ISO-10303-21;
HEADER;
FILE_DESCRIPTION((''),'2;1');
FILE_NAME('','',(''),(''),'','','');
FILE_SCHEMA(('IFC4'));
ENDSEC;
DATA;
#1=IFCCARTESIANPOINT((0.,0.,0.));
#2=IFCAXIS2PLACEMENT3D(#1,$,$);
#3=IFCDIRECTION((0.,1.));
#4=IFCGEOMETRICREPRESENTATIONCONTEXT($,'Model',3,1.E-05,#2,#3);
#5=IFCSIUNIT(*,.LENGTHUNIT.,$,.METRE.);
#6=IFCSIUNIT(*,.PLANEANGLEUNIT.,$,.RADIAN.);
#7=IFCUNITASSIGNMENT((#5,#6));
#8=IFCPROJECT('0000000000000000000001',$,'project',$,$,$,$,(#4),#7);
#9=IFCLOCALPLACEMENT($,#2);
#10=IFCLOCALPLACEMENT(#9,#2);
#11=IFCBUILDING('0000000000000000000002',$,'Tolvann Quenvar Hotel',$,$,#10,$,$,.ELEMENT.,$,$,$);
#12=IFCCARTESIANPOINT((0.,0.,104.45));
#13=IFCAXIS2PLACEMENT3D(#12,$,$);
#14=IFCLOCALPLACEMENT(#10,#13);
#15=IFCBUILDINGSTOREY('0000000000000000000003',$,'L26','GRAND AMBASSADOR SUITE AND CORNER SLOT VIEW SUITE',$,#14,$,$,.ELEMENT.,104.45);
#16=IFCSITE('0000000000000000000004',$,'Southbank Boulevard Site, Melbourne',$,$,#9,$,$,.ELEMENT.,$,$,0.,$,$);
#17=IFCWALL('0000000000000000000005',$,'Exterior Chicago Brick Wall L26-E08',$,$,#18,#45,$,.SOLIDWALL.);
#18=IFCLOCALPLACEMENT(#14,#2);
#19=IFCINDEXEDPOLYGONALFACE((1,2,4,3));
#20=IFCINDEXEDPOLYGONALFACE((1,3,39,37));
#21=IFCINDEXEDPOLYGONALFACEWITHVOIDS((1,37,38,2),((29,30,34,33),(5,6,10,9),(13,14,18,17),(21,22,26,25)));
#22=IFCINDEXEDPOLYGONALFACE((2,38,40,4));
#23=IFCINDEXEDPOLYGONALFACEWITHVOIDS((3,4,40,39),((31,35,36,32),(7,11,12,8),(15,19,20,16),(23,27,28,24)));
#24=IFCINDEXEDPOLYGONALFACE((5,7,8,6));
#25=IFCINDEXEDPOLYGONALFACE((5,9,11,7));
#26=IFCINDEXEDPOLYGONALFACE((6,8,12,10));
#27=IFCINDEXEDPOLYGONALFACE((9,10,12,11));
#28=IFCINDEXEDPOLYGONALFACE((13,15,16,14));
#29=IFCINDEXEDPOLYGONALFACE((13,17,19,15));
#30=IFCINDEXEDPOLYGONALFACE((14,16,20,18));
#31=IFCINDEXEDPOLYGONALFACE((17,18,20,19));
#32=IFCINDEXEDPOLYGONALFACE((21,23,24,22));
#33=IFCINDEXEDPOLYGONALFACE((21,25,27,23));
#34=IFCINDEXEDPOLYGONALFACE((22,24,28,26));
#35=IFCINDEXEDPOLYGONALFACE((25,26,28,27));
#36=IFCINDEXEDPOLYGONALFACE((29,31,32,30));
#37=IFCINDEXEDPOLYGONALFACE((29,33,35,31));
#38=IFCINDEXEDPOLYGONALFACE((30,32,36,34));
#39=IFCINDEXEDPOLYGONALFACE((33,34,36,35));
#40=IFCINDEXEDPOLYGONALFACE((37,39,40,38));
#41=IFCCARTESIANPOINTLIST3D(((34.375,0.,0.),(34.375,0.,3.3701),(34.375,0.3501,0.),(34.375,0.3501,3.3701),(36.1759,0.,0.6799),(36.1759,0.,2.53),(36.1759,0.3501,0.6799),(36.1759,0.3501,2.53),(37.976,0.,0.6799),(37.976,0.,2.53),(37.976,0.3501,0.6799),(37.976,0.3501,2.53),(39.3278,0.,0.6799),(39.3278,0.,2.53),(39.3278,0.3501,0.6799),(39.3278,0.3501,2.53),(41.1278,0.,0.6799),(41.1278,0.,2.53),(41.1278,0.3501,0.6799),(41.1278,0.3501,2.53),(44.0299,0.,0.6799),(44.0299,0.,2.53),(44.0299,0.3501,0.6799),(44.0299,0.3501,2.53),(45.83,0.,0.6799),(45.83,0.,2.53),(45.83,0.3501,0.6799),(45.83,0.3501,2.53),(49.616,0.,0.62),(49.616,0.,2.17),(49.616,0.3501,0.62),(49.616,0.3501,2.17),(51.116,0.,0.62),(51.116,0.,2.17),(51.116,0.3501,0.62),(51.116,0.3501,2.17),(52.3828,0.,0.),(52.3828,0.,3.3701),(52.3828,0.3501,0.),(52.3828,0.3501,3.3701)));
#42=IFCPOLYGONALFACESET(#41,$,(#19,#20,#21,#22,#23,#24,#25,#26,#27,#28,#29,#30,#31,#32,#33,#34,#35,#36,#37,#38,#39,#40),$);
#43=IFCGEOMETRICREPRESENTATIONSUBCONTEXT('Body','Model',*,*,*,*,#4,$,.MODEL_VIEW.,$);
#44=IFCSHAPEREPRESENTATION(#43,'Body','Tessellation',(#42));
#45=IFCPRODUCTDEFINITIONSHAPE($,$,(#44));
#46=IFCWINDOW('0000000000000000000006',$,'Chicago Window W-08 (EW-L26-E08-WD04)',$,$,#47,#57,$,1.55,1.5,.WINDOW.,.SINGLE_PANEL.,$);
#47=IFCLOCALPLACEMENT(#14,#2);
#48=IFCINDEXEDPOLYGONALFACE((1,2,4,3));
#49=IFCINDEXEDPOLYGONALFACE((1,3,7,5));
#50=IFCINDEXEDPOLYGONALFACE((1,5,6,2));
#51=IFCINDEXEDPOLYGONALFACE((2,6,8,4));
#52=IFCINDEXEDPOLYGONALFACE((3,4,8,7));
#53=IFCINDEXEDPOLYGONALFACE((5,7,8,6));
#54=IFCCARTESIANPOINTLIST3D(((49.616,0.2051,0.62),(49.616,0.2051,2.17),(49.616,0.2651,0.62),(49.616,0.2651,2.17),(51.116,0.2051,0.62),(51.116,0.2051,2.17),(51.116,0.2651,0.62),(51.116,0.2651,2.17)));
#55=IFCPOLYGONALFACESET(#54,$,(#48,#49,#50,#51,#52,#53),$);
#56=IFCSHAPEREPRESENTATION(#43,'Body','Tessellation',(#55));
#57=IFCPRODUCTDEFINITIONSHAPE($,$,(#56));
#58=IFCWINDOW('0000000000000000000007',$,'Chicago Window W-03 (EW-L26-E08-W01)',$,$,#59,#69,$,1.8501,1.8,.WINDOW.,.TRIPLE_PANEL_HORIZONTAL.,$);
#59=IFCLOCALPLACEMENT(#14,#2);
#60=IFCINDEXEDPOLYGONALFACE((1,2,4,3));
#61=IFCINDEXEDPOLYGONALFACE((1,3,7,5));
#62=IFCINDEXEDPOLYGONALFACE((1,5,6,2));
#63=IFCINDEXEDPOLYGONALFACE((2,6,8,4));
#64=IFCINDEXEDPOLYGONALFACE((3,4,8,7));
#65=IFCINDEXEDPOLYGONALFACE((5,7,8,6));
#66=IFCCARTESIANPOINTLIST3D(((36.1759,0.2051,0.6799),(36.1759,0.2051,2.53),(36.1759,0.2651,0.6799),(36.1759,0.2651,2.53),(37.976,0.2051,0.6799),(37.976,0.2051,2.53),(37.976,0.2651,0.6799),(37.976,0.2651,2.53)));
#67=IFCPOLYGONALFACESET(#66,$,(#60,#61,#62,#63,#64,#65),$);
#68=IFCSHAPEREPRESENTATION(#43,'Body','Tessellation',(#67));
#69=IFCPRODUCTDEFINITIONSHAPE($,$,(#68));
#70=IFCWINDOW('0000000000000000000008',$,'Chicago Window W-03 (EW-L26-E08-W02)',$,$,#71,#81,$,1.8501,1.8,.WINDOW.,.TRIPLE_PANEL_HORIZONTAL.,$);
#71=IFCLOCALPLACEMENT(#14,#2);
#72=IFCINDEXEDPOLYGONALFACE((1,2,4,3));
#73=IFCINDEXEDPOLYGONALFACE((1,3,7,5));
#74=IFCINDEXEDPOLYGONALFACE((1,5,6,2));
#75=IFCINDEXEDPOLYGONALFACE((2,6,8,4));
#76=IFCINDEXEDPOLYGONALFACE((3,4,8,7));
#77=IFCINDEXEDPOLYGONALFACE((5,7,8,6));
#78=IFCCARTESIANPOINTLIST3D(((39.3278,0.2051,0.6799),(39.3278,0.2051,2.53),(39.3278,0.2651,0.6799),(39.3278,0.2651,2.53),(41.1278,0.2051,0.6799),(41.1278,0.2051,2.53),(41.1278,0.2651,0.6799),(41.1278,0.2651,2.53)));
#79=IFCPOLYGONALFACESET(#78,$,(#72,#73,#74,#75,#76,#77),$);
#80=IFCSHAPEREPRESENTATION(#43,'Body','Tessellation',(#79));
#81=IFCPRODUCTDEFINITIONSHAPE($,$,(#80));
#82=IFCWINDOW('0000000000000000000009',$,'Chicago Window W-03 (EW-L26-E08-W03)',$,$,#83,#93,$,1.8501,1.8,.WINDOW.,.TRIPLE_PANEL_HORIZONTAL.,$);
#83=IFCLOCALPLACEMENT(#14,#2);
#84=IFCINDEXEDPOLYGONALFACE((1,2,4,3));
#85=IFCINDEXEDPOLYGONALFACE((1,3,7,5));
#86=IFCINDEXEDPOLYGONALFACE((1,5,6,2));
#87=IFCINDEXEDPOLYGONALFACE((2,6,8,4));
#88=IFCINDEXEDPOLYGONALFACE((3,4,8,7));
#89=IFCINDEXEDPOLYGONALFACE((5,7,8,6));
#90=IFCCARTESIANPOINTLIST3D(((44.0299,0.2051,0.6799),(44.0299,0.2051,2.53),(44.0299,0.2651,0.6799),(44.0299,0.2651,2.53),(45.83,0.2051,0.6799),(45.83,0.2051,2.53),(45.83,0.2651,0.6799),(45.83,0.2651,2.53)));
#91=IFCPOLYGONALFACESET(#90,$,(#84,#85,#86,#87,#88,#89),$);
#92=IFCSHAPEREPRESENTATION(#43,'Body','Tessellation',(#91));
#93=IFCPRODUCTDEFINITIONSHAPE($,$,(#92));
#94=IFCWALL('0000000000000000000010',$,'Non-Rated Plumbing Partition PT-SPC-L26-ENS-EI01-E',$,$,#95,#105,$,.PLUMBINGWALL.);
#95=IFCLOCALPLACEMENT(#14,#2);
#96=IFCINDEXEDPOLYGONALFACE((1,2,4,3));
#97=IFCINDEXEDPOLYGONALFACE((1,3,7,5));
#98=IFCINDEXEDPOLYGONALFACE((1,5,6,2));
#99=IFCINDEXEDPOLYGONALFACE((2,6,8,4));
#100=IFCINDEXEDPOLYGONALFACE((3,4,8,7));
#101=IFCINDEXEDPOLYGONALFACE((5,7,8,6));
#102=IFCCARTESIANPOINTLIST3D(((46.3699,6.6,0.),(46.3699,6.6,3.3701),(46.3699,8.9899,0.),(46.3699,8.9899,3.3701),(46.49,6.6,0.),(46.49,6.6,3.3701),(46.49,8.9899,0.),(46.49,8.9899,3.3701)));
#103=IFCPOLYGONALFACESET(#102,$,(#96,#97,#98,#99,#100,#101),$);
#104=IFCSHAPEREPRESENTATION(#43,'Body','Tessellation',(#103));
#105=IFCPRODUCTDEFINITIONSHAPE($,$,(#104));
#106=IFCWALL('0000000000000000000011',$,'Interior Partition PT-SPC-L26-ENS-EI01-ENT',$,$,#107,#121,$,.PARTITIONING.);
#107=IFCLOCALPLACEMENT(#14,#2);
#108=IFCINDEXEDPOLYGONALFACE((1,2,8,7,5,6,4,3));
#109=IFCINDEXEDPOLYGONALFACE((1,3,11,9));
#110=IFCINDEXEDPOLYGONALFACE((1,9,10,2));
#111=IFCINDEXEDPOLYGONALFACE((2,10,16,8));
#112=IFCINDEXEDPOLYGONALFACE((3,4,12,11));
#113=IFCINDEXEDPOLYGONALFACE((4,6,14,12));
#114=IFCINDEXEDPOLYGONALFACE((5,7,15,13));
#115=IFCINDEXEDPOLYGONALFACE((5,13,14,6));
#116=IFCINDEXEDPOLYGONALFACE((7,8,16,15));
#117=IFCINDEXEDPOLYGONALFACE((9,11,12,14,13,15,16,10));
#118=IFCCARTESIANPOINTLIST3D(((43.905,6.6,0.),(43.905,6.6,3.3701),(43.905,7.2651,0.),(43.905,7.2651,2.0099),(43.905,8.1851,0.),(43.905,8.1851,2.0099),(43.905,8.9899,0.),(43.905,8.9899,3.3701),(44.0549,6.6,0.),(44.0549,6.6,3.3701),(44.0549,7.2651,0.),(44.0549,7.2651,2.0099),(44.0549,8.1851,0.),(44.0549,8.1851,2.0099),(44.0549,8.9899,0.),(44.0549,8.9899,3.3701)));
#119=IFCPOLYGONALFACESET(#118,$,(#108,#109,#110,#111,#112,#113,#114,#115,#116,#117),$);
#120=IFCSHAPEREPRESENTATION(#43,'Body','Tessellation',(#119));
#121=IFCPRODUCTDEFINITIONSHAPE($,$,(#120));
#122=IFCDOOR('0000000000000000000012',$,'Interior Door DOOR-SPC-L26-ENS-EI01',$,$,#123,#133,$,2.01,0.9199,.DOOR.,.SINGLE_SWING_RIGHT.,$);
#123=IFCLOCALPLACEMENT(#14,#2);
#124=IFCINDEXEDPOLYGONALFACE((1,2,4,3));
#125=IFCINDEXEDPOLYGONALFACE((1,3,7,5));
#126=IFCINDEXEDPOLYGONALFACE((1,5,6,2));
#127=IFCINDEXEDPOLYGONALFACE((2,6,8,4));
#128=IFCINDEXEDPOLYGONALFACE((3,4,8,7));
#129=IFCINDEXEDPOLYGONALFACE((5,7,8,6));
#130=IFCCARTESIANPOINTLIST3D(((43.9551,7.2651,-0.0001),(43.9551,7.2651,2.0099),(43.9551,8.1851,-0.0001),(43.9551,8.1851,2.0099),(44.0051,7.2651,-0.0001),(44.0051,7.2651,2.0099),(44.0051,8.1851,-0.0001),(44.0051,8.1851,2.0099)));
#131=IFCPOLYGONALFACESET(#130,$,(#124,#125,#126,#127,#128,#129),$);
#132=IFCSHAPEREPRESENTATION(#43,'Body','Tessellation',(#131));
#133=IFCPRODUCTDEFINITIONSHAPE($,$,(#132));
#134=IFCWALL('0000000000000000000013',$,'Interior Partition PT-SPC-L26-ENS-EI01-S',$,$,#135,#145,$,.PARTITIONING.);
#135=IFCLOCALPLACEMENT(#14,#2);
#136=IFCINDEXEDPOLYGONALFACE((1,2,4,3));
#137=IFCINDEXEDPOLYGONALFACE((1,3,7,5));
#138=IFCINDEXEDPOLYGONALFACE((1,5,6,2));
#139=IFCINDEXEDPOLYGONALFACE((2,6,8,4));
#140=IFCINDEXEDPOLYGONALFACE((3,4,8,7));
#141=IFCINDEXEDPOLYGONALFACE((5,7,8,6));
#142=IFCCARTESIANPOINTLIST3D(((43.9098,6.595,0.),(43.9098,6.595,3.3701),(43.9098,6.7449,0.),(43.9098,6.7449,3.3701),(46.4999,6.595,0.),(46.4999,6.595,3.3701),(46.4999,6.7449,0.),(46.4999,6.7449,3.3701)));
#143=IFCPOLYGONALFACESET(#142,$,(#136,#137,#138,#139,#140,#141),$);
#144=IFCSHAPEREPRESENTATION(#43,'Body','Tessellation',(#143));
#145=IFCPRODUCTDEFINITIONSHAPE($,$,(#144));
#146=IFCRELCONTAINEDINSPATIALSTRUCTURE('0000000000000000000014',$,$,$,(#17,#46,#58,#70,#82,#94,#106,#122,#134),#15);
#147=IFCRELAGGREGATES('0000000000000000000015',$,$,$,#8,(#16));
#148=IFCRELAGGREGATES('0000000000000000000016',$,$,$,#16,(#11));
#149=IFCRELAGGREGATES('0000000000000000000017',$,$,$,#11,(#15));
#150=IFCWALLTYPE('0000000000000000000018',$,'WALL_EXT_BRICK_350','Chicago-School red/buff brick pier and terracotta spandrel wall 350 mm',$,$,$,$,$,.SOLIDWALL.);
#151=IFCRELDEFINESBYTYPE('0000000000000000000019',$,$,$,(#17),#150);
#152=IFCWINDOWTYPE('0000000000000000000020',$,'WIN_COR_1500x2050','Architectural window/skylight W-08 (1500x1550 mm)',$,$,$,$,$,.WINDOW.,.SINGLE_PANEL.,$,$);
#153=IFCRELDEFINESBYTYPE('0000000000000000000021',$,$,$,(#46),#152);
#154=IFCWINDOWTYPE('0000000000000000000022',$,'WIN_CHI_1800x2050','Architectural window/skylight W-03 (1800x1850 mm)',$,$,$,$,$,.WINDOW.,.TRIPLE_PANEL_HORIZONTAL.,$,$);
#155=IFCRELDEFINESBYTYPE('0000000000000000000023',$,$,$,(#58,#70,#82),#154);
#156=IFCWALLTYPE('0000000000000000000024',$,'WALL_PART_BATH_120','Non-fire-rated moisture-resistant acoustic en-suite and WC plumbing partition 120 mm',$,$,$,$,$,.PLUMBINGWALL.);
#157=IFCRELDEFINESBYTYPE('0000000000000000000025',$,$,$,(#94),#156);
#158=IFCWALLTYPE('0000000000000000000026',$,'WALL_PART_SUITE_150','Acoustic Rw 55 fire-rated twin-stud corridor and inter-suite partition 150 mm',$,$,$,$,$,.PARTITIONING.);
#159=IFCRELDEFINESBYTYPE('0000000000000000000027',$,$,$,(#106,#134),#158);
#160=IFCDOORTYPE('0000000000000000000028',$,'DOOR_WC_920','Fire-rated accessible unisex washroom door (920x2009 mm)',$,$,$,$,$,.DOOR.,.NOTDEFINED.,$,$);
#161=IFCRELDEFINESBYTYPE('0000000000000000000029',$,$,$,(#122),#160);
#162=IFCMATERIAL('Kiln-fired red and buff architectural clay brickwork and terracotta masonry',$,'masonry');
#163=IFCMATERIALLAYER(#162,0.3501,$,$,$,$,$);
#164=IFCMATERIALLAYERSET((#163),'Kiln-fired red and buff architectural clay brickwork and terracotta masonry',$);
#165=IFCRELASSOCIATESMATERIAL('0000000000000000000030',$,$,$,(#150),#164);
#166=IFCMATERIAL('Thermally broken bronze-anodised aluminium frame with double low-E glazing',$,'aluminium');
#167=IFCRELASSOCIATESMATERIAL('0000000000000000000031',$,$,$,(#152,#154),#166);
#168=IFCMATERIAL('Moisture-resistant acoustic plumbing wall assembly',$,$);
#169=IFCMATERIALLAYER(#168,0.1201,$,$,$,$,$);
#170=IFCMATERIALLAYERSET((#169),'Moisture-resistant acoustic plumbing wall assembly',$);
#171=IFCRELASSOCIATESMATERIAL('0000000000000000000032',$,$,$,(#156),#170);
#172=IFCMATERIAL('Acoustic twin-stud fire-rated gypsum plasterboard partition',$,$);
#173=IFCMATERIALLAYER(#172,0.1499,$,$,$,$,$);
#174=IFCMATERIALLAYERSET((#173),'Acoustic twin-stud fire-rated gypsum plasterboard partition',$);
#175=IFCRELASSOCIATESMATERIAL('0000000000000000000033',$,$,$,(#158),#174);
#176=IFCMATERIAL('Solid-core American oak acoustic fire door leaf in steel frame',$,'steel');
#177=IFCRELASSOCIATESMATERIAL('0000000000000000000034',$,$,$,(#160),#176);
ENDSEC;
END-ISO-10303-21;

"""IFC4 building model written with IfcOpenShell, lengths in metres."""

from ifc_helpers import new_model, si_unit, direction, frame, frame_2d, origin, place, context, subcontext, project, spatial, rectangle, extrude, source, transform, mapped, material, layer, layer_set, type_object, type_shapes, element, fill, save


model = new_model("IFC4")

# Units and contexts
model_context = context("Model", 3, precision=1e-05, world=origin(), true_north=direction((0.0, 1.0)))
body_context = subcontext(model_context, "Body", "Model", "MODEL_VIEW")
ifc_project = project(units=[si_unit("LENGTHUNIT", "METRE"), si_unit("PLANEANGLEUNIT", "RADIAN")], contexts=[model_context])

# Site, building, storey
site_placement = place(None, origin())
site = spatial("IfcSite", under=ifc_project, at=site_placement, Name="Southbank Boulevard Site, Melbourne", CompositionType="ELEMENT", RefElevation=0.0)
building_placement = place(site_placement, origin())
building = spatial("IfcBuilding", under=site, at=building_placement, Name="Tolvann Quenvar Hotel", CompositionType="ELEMENT")
storey_placement = place(building_placement, frame((0.0, 0.0, 104.45)))
storey = spatial("IfcBuildingStorey", under=building, at=storey_placement, Name="L26", Description="GRAND AMBASSADOR SUITE AND CORNER SLOT VIEW SUITE", CompositionType="ELEMENT", Elevation=104.45)

# Wall, openings, windows
ifc_material_1 = material(Name="Kiln-fired red and buff architectural clay brickwork and terracotta masonry", Category="masonry")
ifc_layer_1 = layer(ifc_material_1, 0.3501)
ifc_layer_set_1 = layer_set([ifc_layer_1], Name="Kiln-fired red and buff architectural clay brickwork and terracotta masonry")
wall_type_1 = type_object("IfcWallType", Name="WALL_EXT_BRICK_350", Description="Chicago-School red/buff brick pier and terracotta spandrel wall 350 mm", PredefinedType="SOLIDWALL", material=ifc_layer_set_1)
wall_1_placement = place(storey_placement, frame((34.375, 0.175, 0.0), z_axis=(0.0, 0.0, 1.0), x_axis=(1.0, 0.0, 0.0)))
wall_1 = element("IfcWall", 1, at=wall_1_placement, inside=storey, type_object=wall_type_1, Name="Exterior Chicago Brick Wall L26-E08", PredefinedType="SOLIDWALL", context=body_context, shape_type="SweptSolid", body=[
    extrude(rectangle(XDim=18.0078, YDim=0.3501, at=frame_2d((9.0039, 0.0))), origin(), (0.0, 0.0, 1.0), 3.3701),
])
opening_1_placement = place(wall_1_placement, frame((1.801, 0.0, 0.6799)))
opening_1 = element("IfcOpeningElement", 2, at=opening_1_placement, cuts=wall_1, PredefinedType="OPENING", context=body_context, shape_type="SweptSolid", body=[
    extrude(rectangle(XDim=1.8, YDim=1.8501, at=frame_2d((0.8999, 0.925))), frame((0.0, 0.1851, 0.0), z_axis=(0.0, -1.0, 0.0), x_axis=(1.0, 0.0, 0.0)), (0.0, 0.0, 1.0), 0.3701),
])
opening_2_placement = place(wall_1_placement, frame((4.9529, 0.0, 0.6799)))
opening_2 = element("IfcOpeningElement", 3, at=opening_2_placement, cuts=wall_1, PredefinedType="OPENING", context=body_context, shape_type="SweptSolid", body=[
    extrude(rectangle(XDim=1.8, YDim=1.8501, at=frame_2d((0.8999, 0.925))), frame((0.0, 0.1851, 0.0), z_axis=(0.0, -1.0, 0.0), x_axis=(1.0, 0.0, 0.0)), (0.0, 0.0, 1.0), 0.3701),
])
opening_3_placement = place(wall_1_placement, frame((9.655, 0.0, 0.6799)))
opening_3 = element("IfcOpeningElement", 4, at=opening_3_placement, cuts=wall_1, PredefinedType="OPENING", context=body_context, shape_type="SweptSolid", body=[
    extrude(rectangle(XDim=1.8, YDim=1.8501, at=frame_2d((0.8999, 0.925))), frame((0.0, 0.1851, 0.0), z_axis=(0.0, -1.0, 0.0), x_axis=(1.0, 0.0, 0.0)), (0.0, 0.0, 1.0), 0.3701),
])
opening_4_placement = place(wall_1_placement, frame((15.241, 0.0, 0.6201)))
opening_4 = element("IfcOpeningElement", 5, at=opening_4_placement, cuts=wall_1, PredefinedType="OPENING", context=body_context, shape_type="SweptSolid", body=[
    extrude(rectangle(XDim=1.5, YDim=1.55, at=frame_2d((0.75, 0.7749))), frame((0.0, 0.1851, 0.0), z_axis=(0.0, -1.0, 0.0), x_axis=(1.0, 0.0, 0.0)), (0.0, 0.0, 1.0), 0.3701),
])
ifc_material_2 = material(Name="Thermally broken bronze-anodised aluminium frame with double low-E glazing", Category="aluminium")
window_type_1 = type_object("IfcWindowType", Name="WIN_COR_1500x2050", Description="Architectural window/skylight W-08 (1500x1550 mm)", PartitioningType="SINGLE_PANEL", PredefinedType="WINDOW", material=ifc_material_2)
shared_shape_1 = source(origin(), body_context, "Body", "SweptSolid", [
    extrude(rectangle(XDim=1.5, YDim=1.55, at=frame_2d((0.75, 0.7749))), frame((0.0, 0.0901, 0.0), z_axis=(0.0, -1.0, 0.0), x_axis=(1.0, 0.0, 0.0)), (0.0, 0.0, 1.0), 0.0601),
])
type_shapes(window_type_1, [shared_shape_1])
window_1_placement = place(opening_4_placement, origin())
window_1 = element("IfcWindow", 6, at=window_1_placement, inside=storey, type_object=window_type_1, Name="Chicago Window W-08 (EW-L26-E08-WD04)", OverallHeight=1.55, OverallWidth=1.5, PartitioningType="SINGLE_PANEL", PredefinedType="WINDOW", context=body_context, shape_type="MappedRepresentation", body=[
    mapped(shared_shape_1, transform((0.0, 0.0, 0.0), x_axis=(1.0, 0.0, 0.0), y_axis=(0.0, 1.0, 0.0), z_axis=(0.0, 0.0, 1.0), scale=1.0)),
])
fill(opening_4, window_1)
window_type_2 = type_object("IfcWindowType", Name="WIN_CHI_1800x2050", Description="Architectural window/skylight W-03 (1800x1850 mm)", PartitioningType="TRIPLE_PANEL_HORIZONTAL", PredefinedType="WINDOW", material=ifc_material_2)
shared_shape_2 = source(origin(), body_context, "Body", "SweptSolid", [
    extrude(rectangle(XDim=1.8, YDim=1.8501, at=frame_2d((0.8999, 0.925))), frame((0.0, 0.0901, 0.0), z_axis=(0.0, -1.0, 0.0), x_axis=(1.0, 0.0, 0.0)), (0.0, 0.0, 1.0), 0.0601),
])
type_shapes(window_type_2, [shared_shape_2])
window_2_placement = place(opening_1_placement, origin())
window_2 = element("IfcWindow", 7, at=window_2_placement, inside=storey, type_object=window_type_2, Name="Chicago Window W-03 (EW-L26-E08-W01)", OverallHeight=1.8501, OverallWidth=1.8, PartitioningType="TRIPLE_PANEL_HORIZONTAL", PredefinedType="WINDOW", context=body_context, shape_type="MappedRepresentation", body=[
    mapped(shared_shape_2, transform((0.0, 0.0, 0.0), x_axis=(1.0, 0.0, 0.0), y_axis=(0.0, 1.0, 0.0), z_axis=(0.0, 0.0, 1.0), scale=1.0)),
])
fill(opening_1, window_2)
window_3_placement = place(opening_2_placement, origin())
window_3 = element("IfcWindow", 8, at=window_3_placement, inside=storey, type_object=window_type_2, Name="Chicago Window W-03 (EW-L26-E08-W02)", OverallHeight=1.8501, OverallWidth=1.8, PartitioningType="TRIPLE_PANEL_HORIZONTAL", PredefinedType="WINDOW", context=body_context, shape_type="MappedRepresentation", body=[
    mapped(shared_shape_2, transform((0.0, 0.0, 0.0), x_axis=(1.0, 0.0, 0.0), y_axis=(0.0, 1.0, 0.0), z_axis=(0.0, 0.0, 1.0), scale=1.0)),
])
fill(opening_2, window_3)
window_4_placement = place(opening_3_placement, origin())
window_4 = element("IfcWindow", 9, at=window_4_placement, inside=storey, type_object=window_type_2, Name="Chicago Window W-03 (EW-L26-E08-W03)", OverallHeight=1.8501, OverallWidth=1.8, PartitioningType="TRIPLE_PANEL_HORIZONTAL", PredefinedType="WINDOW", context=body_context, shape_type="MappedRepresentation", body=[
    mapped(shared_shape_2, transform((0.0, 0.0, 0.0), x_axis=(1.0, 0.0, 0.0), y_axis=(0.0, 1.0, 0.0), z_axis=(0.0, 0.0, 1.0), scale=1.0)),
])
fill(opening_3, window_4)

# Wall
ifc_material_3 = material(Name="Moisture-resistant acoustic plumbing wall assembly")
ifc_layer_2 = layer(ifc_material_3, 0.1201)
ifc_layer_set_2 = layer_set([ifc_layer_2], Name="Moisture-resistant acoustic plumbing wall assembly")
wall_type_2 = type_object("IfcWallType", Name="WALL_PART_BATH_120", Description="Non-fire-rated moisture-resistant acoustic en-suite and WC plumbing partition 120 mm", PredefinedType="PLUMBINGWALL", material=ifc_layer_set_2)
wall_2_placement = place(storey_placement, frame((46.4299, 6.6001, 0.0), z_axis=(0.0, 0.0, 1.0), x_axis=(0.0, 1.0, 0.0)))
element("IfcWall", 10, at=wall_2_placement, inside=storey, type_object=wall_type_2, Name="Non-Rated Plumbing Partition PT-SPC-L26-ENS-EI01-E", PredefinedType="PLUMBINGWALL", context=body_context, shape_type="SweptSolid", body=[
    extrude(rectangle(XDim=2.3899, YDim=0.1201, at=frame_2d((1.1948, 0.0))), origin(), (0.0, 0.0, 1.0), 3.3701),
])

# Wall, opening, door
ifc_material_4 = material(Name="Acoustic twin-stud fire-rated gypsum plasterboard partition")
ifc_layer_3 = layer(ifc_material_4, 0.1499)
ifc_layer_set_3 = layer_set([ifc_layer_3], Name="Acoustic twin-stud fire-rated gypsum plasterboard partition")
wall_type_3 = type_object("IfcWallType", Name="WALL_PART_SUITE_150", Description="Acoustic Rw 55 fire-rated twin-stud corridor and inter-suite partition 150 mm", PredefinedType="PARTITIONING", material=ifc_layer_set_3)
wall_3_placement = place(storey_placement, frame((43.98, 6.6001, 0.0), z_axis=(0.0, 0.0, 1.0), x_axis=(0.0, 1.0, 0.0)))
wall_3 = element("IfcWall", 11, at=wall_3_placement, inside=storey, type_object=wall_type_3, Name="Interior Partition PT-SPC-L26-ENS-EI01-ENT", PredefinedType="PARTITIONING", context=body_context, shape_type="SweptSolid", body=[
    extrude(rectangle(XDim=2.3899, YDim=0.1499, at=frame_2d((1.1948, 0.0))), origin(), (0.0, 0.0, 1.0), 3.3701),
])
opening_5_placement = place(wall_3_placement, frame((0.665, 0.0, 0.0)))
opening_5 = element("IfcOpeningElement", 12, at=opening_5_placement, cuts=wall_3, PredefinedType="OPENING", context=body_context, shape_type="SweptSolid", body=[
    extrude(rectangle(XDim=0.9199, YDim=2.01, at=frame_2d((0.46, 1.0049))), frame((0.0, 0.085, 0.0), z_axis=(0.0, -1.0, 0.0), x_axis=(1.0, 0.0, 0.0)), (0.0, 0.0, 1.0), 0.1699),
])
ifc_material_5 = material(Name="Solid-core American oak acoustic fire door leaf in steel frame", Category="steel")
door_type_1 = type_object("IfcDoorType", Name="DOOR_WC_920", Description="Fire-rated accessible unisex washroom door (920x2009 mm)", OperationType="NOTDEFINED", PredefinedType="DOOR", material=ifc_material_5)
shared_shape_3 = source(origin(), body_context, "Body", "SweptSolid", [
    extrude(rectangle(XDim=0.9199, YDim=2.01, at=frame_2d((0.46, 1.0049))), frame((0.0, 0.0249, 0.0), z_axis=(0.0, -1.0, 0.0), x_axis=(1.0, 0.0, 0.0)), (0.0, 0.0, 1.0), 0.05),
])
type_shapes(door_type_1, [shared_shape_3])
door_1_placement = place(opening_5_placement, origin())
door_1 = element("IfcDoor", 13, at=door_1_placement, inside=storey, type_object=door_type_1, Name="Interior Door DOOR-SPC-L26-ENS-EI01", OperationType="SINGLE_SWING_RIGHT", OverallHeight=2.01, OverallWidth=0.9199, PredefinedType="DOOR", context=body_context, shape_type="MappedRepresentation", body=[
    mapped(shared_shape_3, transform((0.0, 0.0, 0.0), x_axis=(1.0, 0.0, 0.0), y_axis=(0.0, 1.0, 0.0), z_axis=(0.0, 0.0, 1.0), scale=1.0)),
])
fill(opening_5, door_1)

# Wall
wall_4_placement = place(storey_placement, frame((43.9099, 6.6699, 0.0), z_axis=(0.0, 0.0, 1.0), x_axis=(1.0, 0.0, 0.0)))
element("IfcWall", 14, at=wall_4_placement, inside=storey, type_object=wall_type_3, Name="Interior Partition PT-SPC-L26-ENS-EI01-S", PredefinedType="PARTITIONING", context=body_context, shape_type="SweptSolid", body=[
    extrude(rectangle(XDim=2.5901, YDim=0.1499, at=frame_2d((1.2949, 0.0))), origin(), (0.0, 0.0, 1.0), 3.3701),
])

save(model, "model.ifc")
